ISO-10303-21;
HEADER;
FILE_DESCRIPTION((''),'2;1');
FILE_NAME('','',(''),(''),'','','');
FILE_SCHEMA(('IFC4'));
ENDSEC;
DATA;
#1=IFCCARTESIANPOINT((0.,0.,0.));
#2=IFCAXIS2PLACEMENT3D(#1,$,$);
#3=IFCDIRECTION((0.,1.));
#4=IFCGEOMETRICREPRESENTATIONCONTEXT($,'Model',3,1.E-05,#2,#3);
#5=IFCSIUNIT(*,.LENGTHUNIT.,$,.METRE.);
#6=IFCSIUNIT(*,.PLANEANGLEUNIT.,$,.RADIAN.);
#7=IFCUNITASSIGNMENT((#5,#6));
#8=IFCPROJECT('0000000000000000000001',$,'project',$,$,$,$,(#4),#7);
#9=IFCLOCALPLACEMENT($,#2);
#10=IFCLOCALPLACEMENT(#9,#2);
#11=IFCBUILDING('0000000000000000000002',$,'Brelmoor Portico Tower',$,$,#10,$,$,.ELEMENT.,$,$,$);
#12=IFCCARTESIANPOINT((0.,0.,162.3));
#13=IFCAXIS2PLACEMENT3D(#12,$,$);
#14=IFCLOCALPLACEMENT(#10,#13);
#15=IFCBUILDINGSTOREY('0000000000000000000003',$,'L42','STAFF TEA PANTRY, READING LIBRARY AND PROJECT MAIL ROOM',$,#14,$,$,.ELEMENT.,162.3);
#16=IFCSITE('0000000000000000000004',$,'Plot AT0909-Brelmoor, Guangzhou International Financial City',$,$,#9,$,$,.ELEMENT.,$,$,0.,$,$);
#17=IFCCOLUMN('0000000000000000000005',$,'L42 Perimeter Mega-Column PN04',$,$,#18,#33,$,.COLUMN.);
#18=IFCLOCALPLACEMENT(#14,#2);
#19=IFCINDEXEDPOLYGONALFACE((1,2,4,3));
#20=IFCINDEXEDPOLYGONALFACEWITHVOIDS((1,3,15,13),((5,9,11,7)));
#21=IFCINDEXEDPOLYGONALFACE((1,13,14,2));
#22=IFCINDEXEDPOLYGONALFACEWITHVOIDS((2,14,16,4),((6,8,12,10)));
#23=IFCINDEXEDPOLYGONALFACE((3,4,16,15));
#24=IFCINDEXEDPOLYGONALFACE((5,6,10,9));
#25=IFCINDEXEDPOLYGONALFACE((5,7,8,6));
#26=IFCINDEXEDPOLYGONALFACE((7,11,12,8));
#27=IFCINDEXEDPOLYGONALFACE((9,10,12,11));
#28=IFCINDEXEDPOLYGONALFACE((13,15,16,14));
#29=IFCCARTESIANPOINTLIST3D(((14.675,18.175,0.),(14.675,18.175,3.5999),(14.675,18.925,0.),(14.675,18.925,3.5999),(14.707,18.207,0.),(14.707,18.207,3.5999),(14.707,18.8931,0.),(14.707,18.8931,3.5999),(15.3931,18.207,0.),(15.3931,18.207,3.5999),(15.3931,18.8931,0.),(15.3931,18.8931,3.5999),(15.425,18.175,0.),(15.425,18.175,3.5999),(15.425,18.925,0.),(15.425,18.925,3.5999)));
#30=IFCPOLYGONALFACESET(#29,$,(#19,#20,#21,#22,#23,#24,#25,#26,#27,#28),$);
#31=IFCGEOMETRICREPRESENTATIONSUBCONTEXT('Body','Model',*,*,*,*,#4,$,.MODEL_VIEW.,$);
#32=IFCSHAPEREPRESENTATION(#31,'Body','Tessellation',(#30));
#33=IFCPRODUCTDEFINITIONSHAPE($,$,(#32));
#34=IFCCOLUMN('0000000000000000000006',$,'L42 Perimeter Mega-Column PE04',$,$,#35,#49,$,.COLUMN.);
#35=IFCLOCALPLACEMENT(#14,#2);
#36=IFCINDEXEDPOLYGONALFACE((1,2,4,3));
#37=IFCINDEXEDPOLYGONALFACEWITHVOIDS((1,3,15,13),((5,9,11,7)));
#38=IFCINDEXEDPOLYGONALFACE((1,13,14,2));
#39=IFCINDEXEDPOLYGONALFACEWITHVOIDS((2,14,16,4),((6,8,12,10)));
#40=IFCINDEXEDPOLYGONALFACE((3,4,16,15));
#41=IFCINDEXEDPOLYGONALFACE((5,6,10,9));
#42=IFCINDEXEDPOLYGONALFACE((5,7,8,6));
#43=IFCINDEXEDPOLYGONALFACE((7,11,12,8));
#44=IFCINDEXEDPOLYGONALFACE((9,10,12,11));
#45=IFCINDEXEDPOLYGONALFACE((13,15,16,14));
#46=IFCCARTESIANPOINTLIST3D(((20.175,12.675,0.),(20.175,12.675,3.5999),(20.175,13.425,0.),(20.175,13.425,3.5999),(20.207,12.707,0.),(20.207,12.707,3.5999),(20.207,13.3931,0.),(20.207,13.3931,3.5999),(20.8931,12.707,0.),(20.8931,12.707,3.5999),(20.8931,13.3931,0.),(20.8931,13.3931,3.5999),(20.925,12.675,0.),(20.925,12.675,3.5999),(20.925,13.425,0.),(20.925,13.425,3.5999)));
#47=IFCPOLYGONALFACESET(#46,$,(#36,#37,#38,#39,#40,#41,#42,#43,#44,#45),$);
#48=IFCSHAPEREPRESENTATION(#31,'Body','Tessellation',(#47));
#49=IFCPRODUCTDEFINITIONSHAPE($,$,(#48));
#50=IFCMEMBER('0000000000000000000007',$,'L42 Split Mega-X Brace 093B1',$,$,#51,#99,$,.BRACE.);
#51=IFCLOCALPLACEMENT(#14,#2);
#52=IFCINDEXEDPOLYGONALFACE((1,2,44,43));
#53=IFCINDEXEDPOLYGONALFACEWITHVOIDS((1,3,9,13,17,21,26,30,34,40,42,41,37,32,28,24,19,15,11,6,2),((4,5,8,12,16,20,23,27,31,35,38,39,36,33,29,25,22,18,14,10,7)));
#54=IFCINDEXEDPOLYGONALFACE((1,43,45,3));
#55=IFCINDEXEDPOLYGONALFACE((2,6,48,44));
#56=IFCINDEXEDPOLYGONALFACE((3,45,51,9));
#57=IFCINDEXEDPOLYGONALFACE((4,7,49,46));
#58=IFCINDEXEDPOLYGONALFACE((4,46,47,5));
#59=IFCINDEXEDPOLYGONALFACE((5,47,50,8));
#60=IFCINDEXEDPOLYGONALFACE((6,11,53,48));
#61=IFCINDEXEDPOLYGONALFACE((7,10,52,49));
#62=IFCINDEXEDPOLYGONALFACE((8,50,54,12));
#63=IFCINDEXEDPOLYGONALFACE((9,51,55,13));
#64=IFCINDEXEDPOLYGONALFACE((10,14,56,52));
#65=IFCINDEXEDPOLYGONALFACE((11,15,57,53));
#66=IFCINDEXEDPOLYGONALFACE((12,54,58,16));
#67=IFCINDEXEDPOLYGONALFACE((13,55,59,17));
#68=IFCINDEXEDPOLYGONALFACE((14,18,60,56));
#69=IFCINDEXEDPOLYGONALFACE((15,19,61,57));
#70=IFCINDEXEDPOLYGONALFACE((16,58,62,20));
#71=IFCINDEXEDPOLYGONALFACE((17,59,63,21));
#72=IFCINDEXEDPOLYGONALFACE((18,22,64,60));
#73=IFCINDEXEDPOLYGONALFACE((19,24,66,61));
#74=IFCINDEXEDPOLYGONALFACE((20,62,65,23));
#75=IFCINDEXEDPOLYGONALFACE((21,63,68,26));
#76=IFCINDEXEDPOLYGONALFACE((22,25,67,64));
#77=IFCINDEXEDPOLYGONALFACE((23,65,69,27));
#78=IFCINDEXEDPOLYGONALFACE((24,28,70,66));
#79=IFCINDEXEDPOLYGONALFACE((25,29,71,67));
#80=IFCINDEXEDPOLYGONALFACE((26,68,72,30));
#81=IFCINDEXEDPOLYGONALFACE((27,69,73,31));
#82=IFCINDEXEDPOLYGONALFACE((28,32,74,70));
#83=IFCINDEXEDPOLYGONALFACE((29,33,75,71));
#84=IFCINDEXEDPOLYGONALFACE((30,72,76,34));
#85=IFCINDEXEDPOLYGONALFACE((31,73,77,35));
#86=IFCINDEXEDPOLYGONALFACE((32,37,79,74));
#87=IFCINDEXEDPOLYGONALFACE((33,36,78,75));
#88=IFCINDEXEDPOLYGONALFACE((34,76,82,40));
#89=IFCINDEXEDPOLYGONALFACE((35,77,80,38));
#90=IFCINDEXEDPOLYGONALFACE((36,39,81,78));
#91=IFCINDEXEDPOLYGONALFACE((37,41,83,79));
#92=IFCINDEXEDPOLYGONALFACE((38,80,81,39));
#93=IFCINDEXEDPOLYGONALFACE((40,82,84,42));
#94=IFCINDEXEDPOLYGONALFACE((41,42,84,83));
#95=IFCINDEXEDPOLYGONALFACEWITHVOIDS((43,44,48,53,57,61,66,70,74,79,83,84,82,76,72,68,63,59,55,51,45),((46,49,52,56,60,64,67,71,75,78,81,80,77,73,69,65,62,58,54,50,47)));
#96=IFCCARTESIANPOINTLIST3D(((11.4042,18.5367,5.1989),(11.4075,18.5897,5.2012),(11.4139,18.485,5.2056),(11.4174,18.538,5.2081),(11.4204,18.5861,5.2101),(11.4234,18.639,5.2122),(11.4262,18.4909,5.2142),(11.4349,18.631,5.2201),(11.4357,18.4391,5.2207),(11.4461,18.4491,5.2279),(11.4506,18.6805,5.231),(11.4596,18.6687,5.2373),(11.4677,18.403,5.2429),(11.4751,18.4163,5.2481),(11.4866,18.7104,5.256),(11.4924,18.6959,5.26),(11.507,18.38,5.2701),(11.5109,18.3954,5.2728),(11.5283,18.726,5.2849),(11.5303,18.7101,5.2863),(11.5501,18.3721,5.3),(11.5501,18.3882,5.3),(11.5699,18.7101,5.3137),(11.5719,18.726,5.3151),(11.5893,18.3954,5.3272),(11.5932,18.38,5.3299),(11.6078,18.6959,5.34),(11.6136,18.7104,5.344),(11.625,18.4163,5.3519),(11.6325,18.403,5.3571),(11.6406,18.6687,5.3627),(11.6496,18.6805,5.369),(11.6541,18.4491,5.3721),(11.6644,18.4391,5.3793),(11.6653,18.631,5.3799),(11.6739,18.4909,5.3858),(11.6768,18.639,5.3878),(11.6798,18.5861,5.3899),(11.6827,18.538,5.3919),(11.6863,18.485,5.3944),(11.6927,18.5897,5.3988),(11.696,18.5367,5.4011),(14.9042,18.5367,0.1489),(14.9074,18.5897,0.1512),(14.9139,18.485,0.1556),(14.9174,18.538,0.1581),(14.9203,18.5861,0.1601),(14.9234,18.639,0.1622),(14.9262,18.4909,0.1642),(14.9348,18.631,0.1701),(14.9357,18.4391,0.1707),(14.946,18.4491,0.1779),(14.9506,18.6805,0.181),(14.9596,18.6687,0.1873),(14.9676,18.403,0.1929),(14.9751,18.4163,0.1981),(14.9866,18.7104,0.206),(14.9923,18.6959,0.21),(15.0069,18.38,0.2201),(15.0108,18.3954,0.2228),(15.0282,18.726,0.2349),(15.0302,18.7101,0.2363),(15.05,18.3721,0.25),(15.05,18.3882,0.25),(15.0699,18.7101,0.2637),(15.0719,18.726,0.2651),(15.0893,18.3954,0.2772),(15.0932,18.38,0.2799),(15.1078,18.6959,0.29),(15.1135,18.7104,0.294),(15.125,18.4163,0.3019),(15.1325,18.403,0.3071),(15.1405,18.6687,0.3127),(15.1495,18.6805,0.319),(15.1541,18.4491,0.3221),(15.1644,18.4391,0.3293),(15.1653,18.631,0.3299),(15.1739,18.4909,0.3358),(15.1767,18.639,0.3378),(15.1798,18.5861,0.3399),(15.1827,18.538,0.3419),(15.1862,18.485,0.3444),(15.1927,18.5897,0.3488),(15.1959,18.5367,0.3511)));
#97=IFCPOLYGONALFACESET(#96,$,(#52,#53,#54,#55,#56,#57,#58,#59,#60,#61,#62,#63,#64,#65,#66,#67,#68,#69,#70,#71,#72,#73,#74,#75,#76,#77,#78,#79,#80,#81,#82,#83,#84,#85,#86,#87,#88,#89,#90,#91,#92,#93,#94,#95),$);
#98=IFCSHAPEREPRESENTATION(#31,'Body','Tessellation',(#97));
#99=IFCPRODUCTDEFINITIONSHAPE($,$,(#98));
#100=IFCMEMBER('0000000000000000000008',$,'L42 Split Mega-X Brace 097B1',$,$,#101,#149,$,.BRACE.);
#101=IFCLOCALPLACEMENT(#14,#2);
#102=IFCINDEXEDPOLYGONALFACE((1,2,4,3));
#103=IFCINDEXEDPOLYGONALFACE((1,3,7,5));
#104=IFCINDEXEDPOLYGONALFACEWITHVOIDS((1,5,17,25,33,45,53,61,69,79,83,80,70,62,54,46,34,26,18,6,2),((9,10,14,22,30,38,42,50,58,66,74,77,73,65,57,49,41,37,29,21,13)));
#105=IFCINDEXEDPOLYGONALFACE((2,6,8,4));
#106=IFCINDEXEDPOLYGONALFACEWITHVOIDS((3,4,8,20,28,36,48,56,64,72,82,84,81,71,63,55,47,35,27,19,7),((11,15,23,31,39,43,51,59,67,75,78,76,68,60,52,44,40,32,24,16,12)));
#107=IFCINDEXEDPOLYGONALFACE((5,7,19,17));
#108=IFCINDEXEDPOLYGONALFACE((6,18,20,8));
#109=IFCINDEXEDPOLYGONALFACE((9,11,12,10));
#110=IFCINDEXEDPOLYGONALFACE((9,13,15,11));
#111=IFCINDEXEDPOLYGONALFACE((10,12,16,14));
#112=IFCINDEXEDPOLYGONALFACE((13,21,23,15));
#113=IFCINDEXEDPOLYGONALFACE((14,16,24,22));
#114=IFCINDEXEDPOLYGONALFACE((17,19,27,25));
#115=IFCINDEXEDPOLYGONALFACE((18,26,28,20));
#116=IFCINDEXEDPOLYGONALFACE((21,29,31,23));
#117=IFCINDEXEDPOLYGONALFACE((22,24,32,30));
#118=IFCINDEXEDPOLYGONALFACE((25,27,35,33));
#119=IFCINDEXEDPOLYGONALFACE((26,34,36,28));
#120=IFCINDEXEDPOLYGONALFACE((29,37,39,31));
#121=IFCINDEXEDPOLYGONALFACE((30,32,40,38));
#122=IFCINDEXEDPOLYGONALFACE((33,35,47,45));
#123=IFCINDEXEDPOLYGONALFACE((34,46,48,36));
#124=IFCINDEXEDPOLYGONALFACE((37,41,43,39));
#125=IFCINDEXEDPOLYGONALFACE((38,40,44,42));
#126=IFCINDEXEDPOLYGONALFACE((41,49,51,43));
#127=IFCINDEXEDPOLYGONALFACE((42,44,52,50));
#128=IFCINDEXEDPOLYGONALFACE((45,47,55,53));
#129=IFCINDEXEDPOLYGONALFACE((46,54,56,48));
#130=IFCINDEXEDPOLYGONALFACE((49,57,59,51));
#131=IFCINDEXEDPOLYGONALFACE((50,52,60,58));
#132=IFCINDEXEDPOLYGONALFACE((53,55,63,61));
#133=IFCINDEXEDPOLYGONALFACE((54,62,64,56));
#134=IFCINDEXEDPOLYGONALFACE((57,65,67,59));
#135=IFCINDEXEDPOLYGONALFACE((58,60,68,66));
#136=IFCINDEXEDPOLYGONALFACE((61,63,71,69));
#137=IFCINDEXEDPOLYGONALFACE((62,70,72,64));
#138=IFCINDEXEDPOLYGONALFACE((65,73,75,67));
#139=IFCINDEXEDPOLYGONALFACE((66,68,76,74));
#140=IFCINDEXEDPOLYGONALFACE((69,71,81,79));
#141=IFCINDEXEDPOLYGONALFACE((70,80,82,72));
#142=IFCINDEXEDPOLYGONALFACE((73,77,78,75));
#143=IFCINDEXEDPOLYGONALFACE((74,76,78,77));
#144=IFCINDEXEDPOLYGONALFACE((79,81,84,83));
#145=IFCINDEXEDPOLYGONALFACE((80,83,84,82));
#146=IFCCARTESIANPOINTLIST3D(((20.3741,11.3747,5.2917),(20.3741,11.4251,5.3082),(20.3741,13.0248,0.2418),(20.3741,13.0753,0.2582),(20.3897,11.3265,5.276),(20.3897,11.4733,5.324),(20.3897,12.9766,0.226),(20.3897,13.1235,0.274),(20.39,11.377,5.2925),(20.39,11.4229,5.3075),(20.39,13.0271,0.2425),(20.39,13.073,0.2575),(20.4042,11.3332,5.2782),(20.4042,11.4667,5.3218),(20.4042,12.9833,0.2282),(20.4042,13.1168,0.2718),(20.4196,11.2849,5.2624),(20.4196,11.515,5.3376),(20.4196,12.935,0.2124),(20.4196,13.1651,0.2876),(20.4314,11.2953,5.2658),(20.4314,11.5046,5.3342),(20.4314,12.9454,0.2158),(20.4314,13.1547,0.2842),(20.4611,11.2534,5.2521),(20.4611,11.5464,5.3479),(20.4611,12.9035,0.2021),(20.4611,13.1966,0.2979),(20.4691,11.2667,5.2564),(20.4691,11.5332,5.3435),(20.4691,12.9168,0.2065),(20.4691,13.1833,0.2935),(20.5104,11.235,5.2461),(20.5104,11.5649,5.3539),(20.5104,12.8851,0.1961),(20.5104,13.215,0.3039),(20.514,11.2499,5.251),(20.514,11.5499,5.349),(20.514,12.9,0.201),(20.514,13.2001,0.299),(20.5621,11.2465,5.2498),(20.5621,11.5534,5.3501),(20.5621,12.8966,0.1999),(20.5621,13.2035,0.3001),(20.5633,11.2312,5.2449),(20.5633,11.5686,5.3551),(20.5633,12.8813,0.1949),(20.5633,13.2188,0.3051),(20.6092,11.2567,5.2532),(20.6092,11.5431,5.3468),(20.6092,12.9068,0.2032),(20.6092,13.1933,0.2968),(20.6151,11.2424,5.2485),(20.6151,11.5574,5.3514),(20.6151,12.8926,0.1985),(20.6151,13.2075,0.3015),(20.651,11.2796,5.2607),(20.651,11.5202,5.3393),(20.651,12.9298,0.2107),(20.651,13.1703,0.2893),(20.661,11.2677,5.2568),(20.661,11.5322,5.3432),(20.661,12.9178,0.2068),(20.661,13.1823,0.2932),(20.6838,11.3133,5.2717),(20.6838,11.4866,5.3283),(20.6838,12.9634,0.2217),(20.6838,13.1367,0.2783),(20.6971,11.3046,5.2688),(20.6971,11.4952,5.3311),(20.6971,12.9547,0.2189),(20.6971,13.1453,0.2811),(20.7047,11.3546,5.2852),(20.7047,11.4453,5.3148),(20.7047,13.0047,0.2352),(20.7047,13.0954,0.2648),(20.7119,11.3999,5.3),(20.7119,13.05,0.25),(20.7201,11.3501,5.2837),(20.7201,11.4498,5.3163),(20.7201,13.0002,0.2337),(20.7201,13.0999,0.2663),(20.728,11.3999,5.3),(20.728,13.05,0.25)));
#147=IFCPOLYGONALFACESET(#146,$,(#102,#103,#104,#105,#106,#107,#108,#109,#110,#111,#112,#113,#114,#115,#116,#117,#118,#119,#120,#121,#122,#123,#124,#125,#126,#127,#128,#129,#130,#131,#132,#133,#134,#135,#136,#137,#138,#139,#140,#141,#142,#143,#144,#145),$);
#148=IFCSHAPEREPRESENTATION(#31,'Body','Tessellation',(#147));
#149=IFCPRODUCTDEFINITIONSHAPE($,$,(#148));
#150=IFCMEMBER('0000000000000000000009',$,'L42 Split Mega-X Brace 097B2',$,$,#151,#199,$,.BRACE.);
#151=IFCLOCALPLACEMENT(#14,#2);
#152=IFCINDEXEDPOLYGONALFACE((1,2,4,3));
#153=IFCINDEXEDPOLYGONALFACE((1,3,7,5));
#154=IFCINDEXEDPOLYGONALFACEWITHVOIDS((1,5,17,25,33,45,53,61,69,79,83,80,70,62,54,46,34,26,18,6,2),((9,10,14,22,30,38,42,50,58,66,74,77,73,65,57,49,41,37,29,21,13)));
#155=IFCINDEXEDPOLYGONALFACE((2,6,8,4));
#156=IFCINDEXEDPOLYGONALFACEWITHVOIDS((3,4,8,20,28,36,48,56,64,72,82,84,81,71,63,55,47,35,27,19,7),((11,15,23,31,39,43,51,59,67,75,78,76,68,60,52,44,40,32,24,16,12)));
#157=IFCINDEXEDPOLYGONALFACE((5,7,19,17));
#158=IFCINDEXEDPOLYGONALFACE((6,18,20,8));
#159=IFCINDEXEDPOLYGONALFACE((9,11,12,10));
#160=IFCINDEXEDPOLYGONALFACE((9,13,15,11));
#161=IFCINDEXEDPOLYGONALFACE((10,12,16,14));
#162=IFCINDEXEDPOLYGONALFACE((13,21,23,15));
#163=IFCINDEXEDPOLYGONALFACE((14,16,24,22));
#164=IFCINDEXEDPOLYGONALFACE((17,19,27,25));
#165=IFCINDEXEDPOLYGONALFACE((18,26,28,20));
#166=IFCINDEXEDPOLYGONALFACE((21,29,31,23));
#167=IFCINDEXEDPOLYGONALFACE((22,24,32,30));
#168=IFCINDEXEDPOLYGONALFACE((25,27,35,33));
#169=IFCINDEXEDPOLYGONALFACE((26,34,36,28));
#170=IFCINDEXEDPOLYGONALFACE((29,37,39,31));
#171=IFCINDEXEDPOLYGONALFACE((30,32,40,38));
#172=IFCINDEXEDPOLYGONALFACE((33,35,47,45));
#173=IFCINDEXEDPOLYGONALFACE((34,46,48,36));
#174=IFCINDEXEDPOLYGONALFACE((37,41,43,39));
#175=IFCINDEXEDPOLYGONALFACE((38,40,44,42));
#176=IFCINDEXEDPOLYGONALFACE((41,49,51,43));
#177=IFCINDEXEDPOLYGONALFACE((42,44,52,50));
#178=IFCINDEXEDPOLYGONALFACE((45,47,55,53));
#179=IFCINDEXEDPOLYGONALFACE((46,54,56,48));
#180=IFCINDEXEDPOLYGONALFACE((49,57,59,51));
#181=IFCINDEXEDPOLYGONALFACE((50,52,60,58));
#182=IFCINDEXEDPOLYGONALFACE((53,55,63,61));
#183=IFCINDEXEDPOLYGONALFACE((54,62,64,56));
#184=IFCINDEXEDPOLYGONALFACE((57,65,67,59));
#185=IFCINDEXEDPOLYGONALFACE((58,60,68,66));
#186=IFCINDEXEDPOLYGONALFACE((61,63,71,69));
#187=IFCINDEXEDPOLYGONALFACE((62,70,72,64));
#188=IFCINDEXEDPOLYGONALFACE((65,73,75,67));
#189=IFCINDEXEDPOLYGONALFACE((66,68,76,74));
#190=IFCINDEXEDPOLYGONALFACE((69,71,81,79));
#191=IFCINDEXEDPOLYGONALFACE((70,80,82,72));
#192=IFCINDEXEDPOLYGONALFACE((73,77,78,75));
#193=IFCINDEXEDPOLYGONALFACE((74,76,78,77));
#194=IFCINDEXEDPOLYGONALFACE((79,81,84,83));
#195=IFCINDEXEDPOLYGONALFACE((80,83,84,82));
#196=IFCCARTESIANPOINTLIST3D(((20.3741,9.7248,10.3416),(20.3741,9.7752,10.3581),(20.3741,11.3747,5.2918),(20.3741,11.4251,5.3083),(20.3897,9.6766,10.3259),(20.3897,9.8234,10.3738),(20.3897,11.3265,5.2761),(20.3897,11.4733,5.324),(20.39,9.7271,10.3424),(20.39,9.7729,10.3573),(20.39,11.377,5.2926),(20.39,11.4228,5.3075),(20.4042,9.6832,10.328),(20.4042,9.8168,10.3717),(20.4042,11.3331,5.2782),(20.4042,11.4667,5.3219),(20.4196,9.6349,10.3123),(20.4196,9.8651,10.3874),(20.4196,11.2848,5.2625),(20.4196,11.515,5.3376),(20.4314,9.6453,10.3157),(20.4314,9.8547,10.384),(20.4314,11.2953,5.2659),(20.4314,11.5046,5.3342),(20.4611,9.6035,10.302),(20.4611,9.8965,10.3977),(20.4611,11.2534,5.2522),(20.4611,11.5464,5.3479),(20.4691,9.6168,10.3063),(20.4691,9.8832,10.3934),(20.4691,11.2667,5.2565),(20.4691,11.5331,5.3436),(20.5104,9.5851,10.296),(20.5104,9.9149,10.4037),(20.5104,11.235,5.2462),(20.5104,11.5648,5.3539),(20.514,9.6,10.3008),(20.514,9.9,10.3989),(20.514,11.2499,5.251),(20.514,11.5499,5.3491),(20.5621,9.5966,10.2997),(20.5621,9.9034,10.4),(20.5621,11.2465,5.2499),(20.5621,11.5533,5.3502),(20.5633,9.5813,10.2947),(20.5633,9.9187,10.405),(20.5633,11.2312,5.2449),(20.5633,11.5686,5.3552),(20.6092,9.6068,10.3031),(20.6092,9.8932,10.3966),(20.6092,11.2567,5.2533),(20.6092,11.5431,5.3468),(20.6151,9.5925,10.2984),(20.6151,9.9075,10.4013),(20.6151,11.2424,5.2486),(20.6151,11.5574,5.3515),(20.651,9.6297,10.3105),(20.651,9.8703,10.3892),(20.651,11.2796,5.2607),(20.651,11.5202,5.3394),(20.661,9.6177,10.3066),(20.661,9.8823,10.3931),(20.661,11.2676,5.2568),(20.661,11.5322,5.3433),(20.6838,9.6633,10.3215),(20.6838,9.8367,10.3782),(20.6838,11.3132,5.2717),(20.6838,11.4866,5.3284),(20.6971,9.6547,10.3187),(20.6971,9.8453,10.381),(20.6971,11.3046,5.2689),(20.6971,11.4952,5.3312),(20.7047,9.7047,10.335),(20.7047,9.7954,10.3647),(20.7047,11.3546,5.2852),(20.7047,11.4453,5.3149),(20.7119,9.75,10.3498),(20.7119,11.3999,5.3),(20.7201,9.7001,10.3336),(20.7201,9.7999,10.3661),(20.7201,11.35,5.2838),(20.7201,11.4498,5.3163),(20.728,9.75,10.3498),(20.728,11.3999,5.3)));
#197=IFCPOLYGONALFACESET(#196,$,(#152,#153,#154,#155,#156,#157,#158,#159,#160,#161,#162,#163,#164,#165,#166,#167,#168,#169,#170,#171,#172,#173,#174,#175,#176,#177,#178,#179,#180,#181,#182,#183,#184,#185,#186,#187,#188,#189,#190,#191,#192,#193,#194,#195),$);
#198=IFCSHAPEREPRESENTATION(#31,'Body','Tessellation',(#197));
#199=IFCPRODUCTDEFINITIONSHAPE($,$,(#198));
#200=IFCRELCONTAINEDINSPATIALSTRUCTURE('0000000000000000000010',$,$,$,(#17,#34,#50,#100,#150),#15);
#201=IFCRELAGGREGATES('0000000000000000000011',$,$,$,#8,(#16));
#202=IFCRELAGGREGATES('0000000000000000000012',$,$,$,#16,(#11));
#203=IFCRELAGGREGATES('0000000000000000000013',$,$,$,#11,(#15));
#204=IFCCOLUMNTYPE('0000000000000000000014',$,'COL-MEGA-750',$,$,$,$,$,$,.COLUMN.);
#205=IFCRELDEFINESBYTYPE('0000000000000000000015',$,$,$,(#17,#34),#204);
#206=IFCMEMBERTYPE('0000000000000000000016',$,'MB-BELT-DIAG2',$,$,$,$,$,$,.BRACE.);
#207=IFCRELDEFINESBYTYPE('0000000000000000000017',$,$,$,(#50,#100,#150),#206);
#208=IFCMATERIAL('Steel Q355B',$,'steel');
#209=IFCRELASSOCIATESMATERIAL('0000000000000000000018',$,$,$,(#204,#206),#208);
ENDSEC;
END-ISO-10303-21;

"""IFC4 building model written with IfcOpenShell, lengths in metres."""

from ifc_helpers import new_model, si_unit, direction, frame, origin, origin_2d, place, context, subcontext, project, spatial, hollow_rectangle, hollow_circle, extrude, material, material_profile, profile_set, type_object, element, save


model = new_model("IFC4")

# Units and contexts
model_context = context("Model", 3, precision=1e-05, world=origin(), true_north=direction((0.0, 1.0)))
body_context = subcontext(model_context, "Body", "Model", "MODEL_VIEW")
ifc_project = project(units=[si_unit("LENGTHUNIT", "METRE"), si_unit("PLANEANGLEUNIT", "RADIAN")], contexts=[model_context])

# Site, building, storey
site_placement = place(None, origin())
site = spatial("IfcSite", under=ifc_project, at=site_placement, Name="Plot AT0909-Brelmoor, Guangzhou International Financial City", CompositionType="ELEMENT", RefElevation=0.0)
building_placement = place(site_placement, origin())
building = spatial("IfcBuilding", under=site, at=building_placement, Name="Brelmoor Portico Tower", CompositionType="ELEMENT")
storey_placement = place(building_placement, frame((0.0, 0.0, 162.3)))
storey = spatial("IfcBuildingStorey", under=building, at=storey_placement, Name="L42", Description="STAFF TEA PANTRY, READING LIBRARY AND PROJECT MAIL ROOM", CompositionType="ELEMENT", Elevation=162.3)

# Columns
ifc_material_1 = material(Name="Steel Q355B", Category="steel")
ifc_material_profile_1 = material_profile(ifc_material_1, hollow_rectangle(XDim=0.75, YDim=0.75, WallThickness=0.032, at=origin_2d()), Name="BOX 750x750x32")
ifc_profile_set_1 = profile_set([ifc_material_profile_1], Name="Steel Q355B")
column_type = type_object("IfcColumnType", Name="COL-MEGA-750", PredefinedType="COLUMN", material=ifc_profile_set_1)
for number, where, z_axis, x_axis, name in (
    (1, (15.05, 18.55, 0.0), (0.0, 0.0, 1.0), (1.0, 0.0, 0.0), "L42 Perimeter Mega-Column PN04"),
    (2, (20.55, 13.05, 0.0), (0.0, 0.0, 1.0), (0.0, 1.0, 0.0), "L42 Perimeter Mega-Column PE04"),
):
    element("IfcColumn", number, at=place(storey_placement, frame(where, z_axis=z_axis, x_axis=x_axis)), inside=storey, type_object=column_type, Name=name, PredefinedType="COLUMN", context=body_context, shape_type="SweptSolid", body=[
        extrude(hollow_rectangle(XDim=0.75, YDim=0.75, WallThickness=0.032, at=origin_2d()), origin(), (0.0, 0.0, 1.0), 3.5999),
    ])

# Members
ifc_material_profile_2 = material_profile(ifc_material_1, hollow_circle(Radius=0.178, WallThickness=0.0161, at=origin_2d()), Name="CHS 356x16")
ifc_profile_set_2 = profile_set([ifc_material_profile_2], Name="Steel Q355B")
member_type_1 = type_object("IfcMemberType", Name="MB-BELT-DIAG2", PredefinedType="BRACE", material=ifc_profile_set_2)
member_1_placement = place(storey_placement, frame((15.05, 18.55, 0.25), z_axis=(-0.569629, 0.0, 0.821902), x_axis=(0.0, -1.0, 0.0)))
element("IfcMember", 3, at=member_1_placement, inside=storey, type_object=member_type_1, Name="L42 Split Mega-X Brace 093B1", PredefinedType="BRACE", context=body_context, shape_type="SweptSolid", body=[
    extrude(hollow_circle(Radius=0.178, WallThickness=0.0161, at=origin_2d()), origin(), (0.0, 0.0, 1.0), 6.1443),
])
member_2_placement = place(storey_placement, frame((20.55, 13.05, 0.25), z_axis=(0.0, -0.310598, 0.950542), x_axis=(1.0, 0.0, 0.0)))
element("IfcMember", 4, at=member_2_placement, inside=storey, type_object=member_type_1, Name="L42 Split Mega-X Brace 097B1", PredefinedType="BRACE", context=body_context, shape_type="SweptSolid", body=[
    extrude(hollow_circle(Radius=0.178, WallThickness=0.0161, at=origin_2d()), origin(), (0.0, 0.0, 1.0), 5.3127),
])
member_3_placement = place(storey_placement, frame((20.55, 11.3999, 5.3), z_axis=(0.0, -0.31057, 0.950551), x_axis=(1.0, 0.0, 0.0)))
element("IfcMember", 5, at=member_3_placement, inside=storey, type_object=member_type_1, Name="L42 Split Mega-X Brace 097B2", PredefinedType="BRACE", context=body_context, shape_type="SweptSolid", body=[
    extrude(hollow_circle(Radius=0.178, WallThickness=0.0161, at=origin_2d()), origin(), (0.0, 0.0, 1.0), 5.3125),
])

save(model, "model.ifc")
